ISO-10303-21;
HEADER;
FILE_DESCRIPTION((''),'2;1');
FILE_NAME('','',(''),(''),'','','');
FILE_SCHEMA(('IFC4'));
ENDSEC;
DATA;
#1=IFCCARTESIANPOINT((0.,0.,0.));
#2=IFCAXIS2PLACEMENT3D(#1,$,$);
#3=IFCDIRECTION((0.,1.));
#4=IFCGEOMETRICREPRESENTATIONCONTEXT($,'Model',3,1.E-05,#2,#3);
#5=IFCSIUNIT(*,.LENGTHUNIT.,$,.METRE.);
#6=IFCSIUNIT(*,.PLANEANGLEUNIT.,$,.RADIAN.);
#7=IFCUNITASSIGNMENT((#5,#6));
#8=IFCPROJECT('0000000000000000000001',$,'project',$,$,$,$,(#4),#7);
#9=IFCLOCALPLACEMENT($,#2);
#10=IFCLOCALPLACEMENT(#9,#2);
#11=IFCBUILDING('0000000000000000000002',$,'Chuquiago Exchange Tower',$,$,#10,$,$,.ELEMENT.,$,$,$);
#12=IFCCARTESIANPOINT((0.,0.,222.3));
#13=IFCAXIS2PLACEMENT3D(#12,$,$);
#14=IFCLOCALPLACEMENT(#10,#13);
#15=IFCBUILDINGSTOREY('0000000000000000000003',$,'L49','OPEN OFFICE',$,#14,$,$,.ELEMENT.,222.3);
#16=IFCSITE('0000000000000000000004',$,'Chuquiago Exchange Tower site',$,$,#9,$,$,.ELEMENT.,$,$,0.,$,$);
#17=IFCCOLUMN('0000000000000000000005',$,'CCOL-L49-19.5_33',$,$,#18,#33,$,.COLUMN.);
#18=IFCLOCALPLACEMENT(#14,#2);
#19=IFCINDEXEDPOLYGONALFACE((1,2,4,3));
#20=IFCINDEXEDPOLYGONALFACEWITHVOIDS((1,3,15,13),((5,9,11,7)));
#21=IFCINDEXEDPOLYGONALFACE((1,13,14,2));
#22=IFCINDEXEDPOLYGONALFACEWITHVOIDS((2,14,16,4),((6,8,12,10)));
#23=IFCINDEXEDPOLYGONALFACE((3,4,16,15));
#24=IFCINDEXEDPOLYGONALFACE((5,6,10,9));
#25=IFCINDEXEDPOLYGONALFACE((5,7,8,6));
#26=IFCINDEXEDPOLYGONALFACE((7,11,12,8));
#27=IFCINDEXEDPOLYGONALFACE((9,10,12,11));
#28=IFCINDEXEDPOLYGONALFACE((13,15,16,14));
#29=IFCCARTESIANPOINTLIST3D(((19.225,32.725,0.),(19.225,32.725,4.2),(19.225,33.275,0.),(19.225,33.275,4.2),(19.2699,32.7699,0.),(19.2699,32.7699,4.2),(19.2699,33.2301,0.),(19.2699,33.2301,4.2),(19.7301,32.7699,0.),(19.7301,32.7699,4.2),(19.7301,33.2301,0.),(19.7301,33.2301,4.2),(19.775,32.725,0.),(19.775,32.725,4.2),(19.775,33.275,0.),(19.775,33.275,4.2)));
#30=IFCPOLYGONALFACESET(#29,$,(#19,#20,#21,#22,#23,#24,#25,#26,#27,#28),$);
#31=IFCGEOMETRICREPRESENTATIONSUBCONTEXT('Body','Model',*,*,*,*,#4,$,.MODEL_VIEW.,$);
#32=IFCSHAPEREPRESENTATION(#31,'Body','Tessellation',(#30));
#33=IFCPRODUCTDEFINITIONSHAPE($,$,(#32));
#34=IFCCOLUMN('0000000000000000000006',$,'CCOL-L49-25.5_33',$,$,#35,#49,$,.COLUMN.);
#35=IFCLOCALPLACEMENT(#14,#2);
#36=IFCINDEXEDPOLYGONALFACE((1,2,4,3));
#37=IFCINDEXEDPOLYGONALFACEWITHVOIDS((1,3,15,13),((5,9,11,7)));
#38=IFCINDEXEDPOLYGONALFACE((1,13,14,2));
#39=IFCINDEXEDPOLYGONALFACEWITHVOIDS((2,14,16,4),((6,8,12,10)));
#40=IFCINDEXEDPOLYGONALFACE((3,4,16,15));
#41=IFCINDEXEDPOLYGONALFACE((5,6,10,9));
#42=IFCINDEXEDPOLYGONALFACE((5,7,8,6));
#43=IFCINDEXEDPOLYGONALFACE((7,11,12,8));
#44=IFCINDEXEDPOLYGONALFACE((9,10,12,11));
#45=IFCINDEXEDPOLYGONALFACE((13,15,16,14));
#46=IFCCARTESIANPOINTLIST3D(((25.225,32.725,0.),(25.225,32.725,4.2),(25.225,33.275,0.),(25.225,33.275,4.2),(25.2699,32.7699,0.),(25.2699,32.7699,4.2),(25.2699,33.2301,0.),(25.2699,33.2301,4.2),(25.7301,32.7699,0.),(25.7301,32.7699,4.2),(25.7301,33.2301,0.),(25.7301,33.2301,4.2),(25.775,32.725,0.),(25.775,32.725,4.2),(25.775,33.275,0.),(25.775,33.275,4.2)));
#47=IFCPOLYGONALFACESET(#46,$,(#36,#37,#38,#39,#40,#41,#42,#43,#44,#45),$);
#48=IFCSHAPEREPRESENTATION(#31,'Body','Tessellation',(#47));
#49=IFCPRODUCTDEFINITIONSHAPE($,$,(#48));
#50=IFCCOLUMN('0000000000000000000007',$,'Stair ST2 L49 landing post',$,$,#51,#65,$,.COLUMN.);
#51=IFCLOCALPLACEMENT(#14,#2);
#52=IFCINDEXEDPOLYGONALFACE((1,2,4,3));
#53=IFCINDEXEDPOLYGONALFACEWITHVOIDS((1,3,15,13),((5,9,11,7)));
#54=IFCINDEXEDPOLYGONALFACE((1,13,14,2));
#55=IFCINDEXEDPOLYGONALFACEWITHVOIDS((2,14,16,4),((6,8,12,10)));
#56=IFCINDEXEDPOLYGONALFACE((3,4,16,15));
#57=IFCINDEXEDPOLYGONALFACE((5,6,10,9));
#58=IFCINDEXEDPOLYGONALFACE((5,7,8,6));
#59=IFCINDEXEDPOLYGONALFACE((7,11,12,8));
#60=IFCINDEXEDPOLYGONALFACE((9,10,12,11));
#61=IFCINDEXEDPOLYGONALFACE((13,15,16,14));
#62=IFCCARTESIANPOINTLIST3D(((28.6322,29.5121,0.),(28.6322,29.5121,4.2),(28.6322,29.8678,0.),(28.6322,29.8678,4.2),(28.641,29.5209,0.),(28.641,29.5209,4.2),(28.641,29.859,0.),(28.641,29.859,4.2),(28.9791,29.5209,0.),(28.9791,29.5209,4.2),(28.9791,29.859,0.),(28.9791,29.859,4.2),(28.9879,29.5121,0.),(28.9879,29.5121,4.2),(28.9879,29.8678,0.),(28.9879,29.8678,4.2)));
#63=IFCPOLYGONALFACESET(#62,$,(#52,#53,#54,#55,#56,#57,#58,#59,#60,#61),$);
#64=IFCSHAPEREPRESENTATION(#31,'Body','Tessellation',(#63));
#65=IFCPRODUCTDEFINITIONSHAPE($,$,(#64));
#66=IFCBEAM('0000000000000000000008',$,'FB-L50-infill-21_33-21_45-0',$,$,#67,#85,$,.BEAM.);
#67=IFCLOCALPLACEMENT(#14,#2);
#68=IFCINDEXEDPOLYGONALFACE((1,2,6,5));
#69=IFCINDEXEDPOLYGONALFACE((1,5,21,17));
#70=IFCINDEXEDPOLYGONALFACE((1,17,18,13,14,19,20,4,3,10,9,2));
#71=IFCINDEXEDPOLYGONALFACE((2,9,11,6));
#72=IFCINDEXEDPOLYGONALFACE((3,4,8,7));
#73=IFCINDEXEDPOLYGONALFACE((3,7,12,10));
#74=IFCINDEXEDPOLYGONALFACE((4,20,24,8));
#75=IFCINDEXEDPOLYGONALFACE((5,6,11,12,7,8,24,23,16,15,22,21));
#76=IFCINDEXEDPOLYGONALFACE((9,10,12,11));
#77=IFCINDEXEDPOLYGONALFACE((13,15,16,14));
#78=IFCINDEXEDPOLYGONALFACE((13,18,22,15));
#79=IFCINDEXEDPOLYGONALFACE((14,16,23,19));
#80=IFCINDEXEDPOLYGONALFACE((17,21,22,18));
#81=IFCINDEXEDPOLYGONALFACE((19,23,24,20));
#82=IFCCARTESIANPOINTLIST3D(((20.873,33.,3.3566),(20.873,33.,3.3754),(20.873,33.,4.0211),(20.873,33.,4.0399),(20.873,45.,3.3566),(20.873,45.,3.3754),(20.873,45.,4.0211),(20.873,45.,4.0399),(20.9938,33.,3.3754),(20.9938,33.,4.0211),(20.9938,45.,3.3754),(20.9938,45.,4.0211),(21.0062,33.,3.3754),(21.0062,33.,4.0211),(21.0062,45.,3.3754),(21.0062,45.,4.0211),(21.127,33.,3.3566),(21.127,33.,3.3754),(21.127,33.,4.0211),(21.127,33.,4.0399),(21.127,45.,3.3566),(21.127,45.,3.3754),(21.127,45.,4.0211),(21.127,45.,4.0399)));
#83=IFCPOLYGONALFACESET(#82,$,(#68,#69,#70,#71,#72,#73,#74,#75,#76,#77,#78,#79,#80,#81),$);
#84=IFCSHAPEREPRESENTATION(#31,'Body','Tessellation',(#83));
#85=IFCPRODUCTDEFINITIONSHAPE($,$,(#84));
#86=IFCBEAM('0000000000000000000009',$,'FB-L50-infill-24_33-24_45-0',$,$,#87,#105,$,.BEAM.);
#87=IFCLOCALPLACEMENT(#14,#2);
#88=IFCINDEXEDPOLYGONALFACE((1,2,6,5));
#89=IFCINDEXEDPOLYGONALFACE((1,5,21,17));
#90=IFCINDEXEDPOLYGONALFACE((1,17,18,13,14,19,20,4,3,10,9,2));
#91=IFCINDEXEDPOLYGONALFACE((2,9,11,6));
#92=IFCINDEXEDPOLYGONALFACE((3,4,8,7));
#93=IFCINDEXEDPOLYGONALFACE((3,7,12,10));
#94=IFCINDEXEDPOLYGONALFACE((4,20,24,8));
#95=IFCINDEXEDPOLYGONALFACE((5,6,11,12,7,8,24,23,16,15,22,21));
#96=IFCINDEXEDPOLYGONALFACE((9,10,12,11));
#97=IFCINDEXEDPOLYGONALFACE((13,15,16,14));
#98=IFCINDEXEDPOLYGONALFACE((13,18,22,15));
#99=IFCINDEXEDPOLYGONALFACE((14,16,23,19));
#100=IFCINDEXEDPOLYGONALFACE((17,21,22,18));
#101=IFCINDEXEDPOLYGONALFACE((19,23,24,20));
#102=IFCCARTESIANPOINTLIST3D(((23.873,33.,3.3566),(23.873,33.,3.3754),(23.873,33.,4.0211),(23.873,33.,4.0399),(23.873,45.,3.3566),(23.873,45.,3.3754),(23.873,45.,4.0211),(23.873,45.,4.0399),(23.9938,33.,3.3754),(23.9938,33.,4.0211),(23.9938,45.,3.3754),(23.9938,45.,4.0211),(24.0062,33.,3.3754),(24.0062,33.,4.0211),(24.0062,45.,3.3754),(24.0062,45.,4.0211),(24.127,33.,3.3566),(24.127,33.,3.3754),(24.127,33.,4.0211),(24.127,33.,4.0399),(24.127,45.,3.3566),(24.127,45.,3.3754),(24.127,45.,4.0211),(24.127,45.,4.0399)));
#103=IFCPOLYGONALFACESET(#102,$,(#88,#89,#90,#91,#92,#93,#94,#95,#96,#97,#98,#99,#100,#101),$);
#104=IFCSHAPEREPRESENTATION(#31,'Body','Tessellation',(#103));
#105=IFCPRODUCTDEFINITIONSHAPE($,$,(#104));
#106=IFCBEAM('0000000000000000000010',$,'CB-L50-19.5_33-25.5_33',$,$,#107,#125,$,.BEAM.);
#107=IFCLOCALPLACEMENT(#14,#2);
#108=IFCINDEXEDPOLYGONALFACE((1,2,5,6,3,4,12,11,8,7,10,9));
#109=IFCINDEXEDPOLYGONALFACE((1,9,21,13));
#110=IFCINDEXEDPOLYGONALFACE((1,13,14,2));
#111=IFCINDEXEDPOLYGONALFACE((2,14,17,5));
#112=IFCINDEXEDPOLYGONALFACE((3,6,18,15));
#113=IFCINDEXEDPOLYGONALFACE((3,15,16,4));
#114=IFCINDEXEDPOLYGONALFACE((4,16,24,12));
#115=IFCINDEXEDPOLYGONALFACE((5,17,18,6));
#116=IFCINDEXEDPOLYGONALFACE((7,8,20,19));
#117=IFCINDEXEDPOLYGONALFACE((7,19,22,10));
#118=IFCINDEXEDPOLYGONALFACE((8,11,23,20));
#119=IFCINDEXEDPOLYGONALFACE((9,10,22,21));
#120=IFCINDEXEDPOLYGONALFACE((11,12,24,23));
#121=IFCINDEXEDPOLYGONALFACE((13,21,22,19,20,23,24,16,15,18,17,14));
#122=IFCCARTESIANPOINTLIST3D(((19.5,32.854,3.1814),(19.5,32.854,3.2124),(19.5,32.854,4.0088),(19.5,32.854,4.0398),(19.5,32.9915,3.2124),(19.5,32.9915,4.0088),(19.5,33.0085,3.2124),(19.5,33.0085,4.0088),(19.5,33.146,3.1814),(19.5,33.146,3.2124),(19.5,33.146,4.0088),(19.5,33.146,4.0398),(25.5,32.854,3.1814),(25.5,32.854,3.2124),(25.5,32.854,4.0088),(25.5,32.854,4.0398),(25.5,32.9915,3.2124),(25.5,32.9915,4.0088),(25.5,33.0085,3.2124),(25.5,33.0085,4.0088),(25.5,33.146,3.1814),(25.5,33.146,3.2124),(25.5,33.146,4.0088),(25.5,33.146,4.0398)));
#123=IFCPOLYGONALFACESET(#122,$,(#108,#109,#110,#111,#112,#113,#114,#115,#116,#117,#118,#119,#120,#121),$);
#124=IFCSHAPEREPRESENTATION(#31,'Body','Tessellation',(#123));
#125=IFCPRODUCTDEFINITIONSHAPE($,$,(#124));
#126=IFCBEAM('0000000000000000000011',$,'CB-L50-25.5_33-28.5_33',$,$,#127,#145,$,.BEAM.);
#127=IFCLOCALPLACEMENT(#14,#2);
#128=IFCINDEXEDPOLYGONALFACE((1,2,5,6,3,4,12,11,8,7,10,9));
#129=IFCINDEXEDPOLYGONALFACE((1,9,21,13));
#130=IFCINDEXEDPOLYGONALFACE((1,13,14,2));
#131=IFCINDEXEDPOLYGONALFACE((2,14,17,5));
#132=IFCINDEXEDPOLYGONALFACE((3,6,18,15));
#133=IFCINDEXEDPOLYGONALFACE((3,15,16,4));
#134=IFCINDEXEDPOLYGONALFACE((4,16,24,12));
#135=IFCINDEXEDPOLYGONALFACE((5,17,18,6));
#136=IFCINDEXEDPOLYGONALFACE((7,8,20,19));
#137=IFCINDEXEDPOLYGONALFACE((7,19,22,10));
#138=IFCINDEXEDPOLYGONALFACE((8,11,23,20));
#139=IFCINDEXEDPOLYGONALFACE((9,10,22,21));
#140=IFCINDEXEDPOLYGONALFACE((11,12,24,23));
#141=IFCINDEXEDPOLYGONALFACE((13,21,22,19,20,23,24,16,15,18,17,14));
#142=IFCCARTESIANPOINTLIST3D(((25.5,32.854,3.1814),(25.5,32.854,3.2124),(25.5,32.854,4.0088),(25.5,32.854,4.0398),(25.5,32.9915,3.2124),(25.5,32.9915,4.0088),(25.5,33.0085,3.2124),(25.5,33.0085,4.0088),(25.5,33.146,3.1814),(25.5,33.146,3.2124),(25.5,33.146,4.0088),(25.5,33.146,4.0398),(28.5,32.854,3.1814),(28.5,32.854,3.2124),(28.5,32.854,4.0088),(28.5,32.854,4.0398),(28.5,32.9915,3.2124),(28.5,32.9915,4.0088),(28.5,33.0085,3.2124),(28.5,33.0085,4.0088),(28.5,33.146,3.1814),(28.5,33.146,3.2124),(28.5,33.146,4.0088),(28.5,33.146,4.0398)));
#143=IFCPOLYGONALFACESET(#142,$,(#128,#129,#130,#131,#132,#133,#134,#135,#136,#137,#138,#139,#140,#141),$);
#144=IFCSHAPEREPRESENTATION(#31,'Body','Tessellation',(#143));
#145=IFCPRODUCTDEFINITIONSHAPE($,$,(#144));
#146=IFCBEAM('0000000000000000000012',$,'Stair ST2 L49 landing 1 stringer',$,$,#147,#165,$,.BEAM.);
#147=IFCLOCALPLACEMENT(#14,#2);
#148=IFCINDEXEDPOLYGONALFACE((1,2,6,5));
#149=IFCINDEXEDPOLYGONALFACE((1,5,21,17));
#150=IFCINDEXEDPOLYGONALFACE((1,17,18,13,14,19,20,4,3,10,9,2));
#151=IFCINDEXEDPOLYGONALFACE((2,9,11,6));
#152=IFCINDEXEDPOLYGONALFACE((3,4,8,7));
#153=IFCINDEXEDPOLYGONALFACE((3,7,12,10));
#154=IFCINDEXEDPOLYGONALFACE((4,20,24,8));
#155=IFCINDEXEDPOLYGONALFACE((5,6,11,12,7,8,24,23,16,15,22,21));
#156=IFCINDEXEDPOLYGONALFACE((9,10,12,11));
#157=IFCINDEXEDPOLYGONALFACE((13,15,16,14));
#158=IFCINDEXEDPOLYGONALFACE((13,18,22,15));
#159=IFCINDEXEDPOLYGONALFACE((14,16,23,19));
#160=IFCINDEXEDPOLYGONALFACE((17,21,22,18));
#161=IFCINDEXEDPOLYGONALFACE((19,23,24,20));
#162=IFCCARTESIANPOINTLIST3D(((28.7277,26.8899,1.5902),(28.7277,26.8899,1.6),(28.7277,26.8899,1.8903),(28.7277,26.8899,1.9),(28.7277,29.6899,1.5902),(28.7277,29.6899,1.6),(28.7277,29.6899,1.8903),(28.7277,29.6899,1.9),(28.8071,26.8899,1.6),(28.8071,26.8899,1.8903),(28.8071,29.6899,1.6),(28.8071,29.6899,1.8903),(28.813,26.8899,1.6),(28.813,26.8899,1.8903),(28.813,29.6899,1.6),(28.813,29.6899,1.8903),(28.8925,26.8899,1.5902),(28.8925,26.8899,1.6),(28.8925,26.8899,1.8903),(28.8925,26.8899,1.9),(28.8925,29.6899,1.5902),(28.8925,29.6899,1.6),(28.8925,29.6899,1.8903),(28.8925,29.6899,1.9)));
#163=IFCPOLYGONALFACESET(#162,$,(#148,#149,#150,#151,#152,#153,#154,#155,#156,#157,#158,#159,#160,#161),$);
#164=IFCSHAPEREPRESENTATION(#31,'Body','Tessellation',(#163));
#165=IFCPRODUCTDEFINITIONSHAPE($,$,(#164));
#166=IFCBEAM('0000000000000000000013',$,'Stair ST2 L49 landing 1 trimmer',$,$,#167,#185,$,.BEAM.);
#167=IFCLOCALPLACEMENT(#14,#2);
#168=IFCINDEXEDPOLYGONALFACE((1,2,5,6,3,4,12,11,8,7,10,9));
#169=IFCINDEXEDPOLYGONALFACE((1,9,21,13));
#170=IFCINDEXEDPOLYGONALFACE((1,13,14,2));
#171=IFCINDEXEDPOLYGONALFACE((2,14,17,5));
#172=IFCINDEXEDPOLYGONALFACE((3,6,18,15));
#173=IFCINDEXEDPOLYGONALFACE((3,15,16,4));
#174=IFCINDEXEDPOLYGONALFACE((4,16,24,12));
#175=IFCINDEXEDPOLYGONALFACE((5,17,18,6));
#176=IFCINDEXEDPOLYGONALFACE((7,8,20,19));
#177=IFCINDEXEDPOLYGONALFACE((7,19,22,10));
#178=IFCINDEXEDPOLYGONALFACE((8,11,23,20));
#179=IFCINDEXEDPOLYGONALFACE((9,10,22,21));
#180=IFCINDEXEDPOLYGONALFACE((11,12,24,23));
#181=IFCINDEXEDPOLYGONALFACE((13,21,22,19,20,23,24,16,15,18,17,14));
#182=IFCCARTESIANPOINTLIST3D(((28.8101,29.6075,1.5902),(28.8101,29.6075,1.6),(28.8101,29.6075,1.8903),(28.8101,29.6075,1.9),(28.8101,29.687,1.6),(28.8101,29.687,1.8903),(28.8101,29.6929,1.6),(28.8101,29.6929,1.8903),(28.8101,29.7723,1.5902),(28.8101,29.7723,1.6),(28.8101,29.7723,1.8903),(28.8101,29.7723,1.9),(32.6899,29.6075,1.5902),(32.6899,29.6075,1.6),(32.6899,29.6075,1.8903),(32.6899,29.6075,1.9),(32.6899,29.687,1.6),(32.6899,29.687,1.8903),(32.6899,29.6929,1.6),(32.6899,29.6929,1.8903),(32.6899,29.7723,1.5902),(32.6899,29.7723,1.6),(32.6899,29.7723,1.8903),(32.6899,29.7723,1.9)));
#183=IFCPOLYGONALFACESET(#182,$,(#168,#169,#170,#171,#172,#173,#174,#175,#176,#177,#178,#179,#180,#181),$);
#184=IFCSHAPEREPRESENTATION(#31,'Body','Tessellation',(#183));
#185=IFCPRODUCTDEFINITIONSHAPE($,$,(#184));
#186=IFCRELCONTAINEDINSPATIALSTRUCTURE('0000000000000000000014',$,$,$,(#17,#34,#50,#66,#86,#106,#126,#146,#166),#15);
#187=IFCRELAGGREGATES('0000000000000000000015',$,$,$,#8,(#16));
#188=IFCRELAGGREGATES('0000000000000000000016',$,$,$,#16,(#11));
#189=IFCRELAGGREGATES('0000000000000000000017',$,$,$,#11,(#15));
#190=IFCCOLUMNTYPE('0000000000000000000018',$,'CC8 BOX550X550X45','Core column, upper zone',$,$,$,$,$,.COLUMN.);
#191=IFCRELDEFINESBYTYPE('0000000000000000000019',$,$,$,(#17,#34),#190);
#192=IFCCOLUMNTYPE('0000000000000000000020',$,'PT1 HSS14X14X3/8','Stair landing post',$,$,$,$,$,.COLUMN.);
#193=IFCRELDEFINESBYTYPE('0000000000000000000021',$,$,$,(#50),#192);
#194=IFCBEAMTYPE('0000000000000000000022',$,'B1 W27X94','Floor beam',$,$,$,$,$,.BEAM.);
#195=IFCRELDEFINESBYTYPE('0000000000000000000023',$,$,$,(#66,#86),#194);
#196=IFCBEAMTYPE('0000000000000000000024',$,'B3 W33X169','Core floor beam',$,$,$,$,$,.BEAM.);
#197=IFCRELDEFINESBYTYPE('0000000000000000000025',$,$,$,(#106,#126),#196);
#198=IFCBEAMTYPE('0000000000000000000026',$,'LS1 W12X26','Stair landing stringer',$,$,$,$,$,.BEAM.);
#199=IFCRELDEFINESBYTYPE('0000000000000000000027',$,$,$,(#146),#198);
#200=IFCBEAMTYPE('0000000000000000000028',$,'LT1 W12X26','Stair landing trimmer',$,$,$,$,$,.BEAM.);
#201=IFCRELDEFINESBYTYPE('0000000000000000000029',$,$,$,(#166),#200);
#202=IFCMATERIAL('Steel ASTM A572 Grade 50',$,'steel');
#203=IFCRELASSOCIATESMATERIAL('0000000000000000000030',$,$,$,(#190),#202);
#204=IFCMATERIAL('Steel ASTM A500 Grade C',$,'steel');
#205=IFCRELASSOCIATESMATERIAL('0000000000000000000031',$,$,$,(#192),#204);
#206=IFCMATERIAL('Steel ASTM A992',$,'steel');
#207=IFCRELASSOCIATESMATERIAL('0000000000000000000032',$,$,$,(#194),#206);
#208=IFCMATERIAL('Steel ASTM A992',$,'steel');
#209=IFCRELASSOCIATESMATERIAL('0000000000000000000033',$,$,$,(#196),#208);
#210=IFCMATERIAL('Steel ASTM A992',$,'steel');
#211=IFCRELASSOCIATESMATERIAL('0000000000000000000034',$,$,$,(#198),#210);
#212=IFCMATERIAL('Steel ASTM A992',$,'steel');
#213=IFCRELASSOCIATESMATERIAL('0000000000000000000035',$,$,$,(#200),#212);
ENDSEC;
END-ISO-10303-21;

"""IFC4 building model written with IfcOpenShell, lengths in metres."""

from ifc_helpers import new_model, si_unit, direction, frame, origin, origin_2d, place, context, subcontext, project, spatial, hollow_rectangle, i_section, extrude, material, material_profile, profile_set, type_object, element, save


model = new_model("IFC4")

# Units and contexts
model_context = context("Model", 3, precision=1e-05, world=origin(), true_north=direction((0.0, 1.0)))
body_context = subcontext(model_context, "Body", "Model", "MODEL_VIEW")
ifc_project = project(units=[si_unit("LENGTHUNIT", "METRE"), si_unit("PLANEANGLEUNIT", "RADIAN")], contexts=[model_context])

# Site, building, storey
site_placement = place(None, origin())
site = spatial("IfcSite", under=ifc_project, at=site_placement, Name="Chuquiago Exchange Tower site", CompositionType="ELEMENT", RefElevation=0.0)
building_placement = place(site_placement, origin())
building = spatial("IfcBuilding", under=site, at=building_placement, Name="Chuquiago Exchange Tower", CompositionType="ELEMENT")
storey_placement = place(building_placement, frame((0.0, 0.0, 222.3)))
storey = spatial("IfcBuildingStorey", under=building, at=storey_placement, Name="L49", Description="OPEN OFFICE", CompositionType="ELEMENT", Elevation=222.3)

# Columns
ifc_material_1 = material(Name="Steel ASTM A572 Grade 50", Category="steel")
ifc_material_profile_1 = material_profile(ifc_material_1, hollow_rectangle(XDim=0.55, YDim=0.55, WallThickness=0.0449, at=origin_2d()), Name="BOX550X550X45")
ifc_profile_set_1 = profile_set([ifc_material_profile_1], Name="Steel ASTM A572 Grade 50")
column_type_1 = type_object("IfcColumnType", Name="CC8 BOX550X550X45", Description="Core column, upper zone", PredefinedType="COLUMN", material=ifc_profile_set_1)
for number, where, z_axis, x_axis, name in (
    (1, (19.5, 33.0, 0.0), (0.0, 0.0, 1.0), (1.0, 0.0, 0.0), "CCOL-L49-19.5_33"),
    (2, (25.5, 33.0, 0.0), (0.0, 0.0, 1.0), (1.0, 0.0, 0.0), "CCOL-L49-25.5_33"),
):
    element("IfcColumn", number, at=place(storey_placement, frame(where, z_axis=z_axis, x_axis=x_axis)), inside=storey, type_object=column_type_1, Name=name, PredefinedType="COLUMN", context=body_context, shape_type="SweptSolid", body=[
        extrude(hollow_rectangle(XDim=0.55, YDim=0.55, WallThickness=0.0449, at=origin_2d()), origin(), (0.0, 0.0, 1.0), 4.2),
    ])
ifc_material_2 = material(Name="Steel ASTM A500 Grade C", Category="steel")
ifc_material_profile_2 = material_profile(ifc_material_2, hollow_rectangle(XDim=0.3557, YDim=0.3557, WallThickness=0.0088, at=origin_2d()), Name="HSS14X14X3/8")
ifc_profile_set_2 = profile_set([ifc_material_profile_2], Name="Steel ASTM A500 Grade C")
column_type_2 = type_object("IfcColumnType", Name="PT1 HSS14X14X3/8", Description="Stair landing post", PredefinedType="COLUMN", material=ifc_profile_set_2)
column_placement = place(storey_placement, frame((28.8101, 29.6899, 0.0), z_axis=(0.0, 0.0, 1.0), x_axis=(1.0, 0.0, 0.0)))
element("IfcColumn", 3, at=column_placement, inside=storey, type_object=column_type_2, Name="Stair ST2 L49 landing post", PredefinedType="COLUMN", context=body_context, shape_type="SweptSolid", body=[
    extrude(hollow_rectangle(XDim=0.3557, YDim=0.3557, WallThickness=0.0088, at=origin_2d()), origin(), (0.0, 0.0, 1.0), 4.2),
])

# Beams
ifc_material_3 = material(Name="Steel ASTM A992", Category="steel")
ifc_material_profile_3 = material_profile(ifc_material_3, i_section(OverallWidth=0.2539, OverallDepth=0.6833, WebThickness=0.0125, FlangeThickness=0.0188, at=origin_2d()), Name="W27X94")
ifc_profile_set_3 = profile_set([ifc_material_profile_3], Name="Steel ASTM A992")
beam_type_1 = type_object("IfcBeamType", Name="B1 W27X94", Description="Floor beam", PredefinedType="BEAM", material=ifc_profile_set_3)
for number, where, z_axis, x_axis, name in (
    (4, (21.0, 33.0, 3.6982), (0.0, 1.0, 0.0), (-1.0, 0.0, 0.0), "FB-L50-infill-21_33-21_45-0"),
    (5, (24.0, 33.0, 3.6982), (0.0, 1.0, 0.0), (-1.0, 0.0, 0.0), "FB-L50-infill-24_33-24_45-0"),
):
    element("IfcBeam", number, at=place(storey_placement, frame(where, z_axis=z_axis, x_axis=x_axis)), inside=storey, type_object=beam_type_1, Name=name, PredefinedType="BEAM", context=body_context, shape_type="SweptSolid", body=[
        extrude(i_section(OverallWidth=0.2539, OverallDepth=0.6833, WebThickness=0.0125, FlangeThickness=0.0188, at=origin_2d()), origin(), (0.0, 0.0, 1.0), 12.0),
    ])
ifc_material_4 = material(Name="Steel ASTM A992", Category="steel")
ifc_material_profile_4 = material_profile(ifc_material_4, i_section(OverallWidth=0.292, OverallDepth=0.8584, WebThickness=0.0171, FlangeThickness=0.031, at=origin_2d()), Name="W33X169")
ifc_profile_set_4 = profile_set([ifc_material_profile_4], Name="Steel ASTM A992")
beam_type_2 = type_object("IfcBeamType", Name="B3 W33X169", Description="Core floor beam", PredefinedType="BEAM", material=ifc_profile_set_4)
beam_1_placement = place(storey_placement, frame((19.5, 33.0, 3.6106), z_axis=(1.0, 0.0, 0.0), x_axis=(0.0, 1.0, 0.0)))
element("IfcBeam", 6, at=beam_1_placement, inside=storey, type_object=beam_type_2, Name="CB-L50-19.5_33-25.5_33", PredefinedType="BEAM", context=body_context, shape_type="SweptSolid", body=[
    extrude(i_section(OverallWidth=0.292, OverallDepth=0.8584, WebThickness=0.0171, FlangeThickness=0.031, at=origin_2d()), origin(), (0.0, 0.0, 1.0), 6.0),
])
beam_2_placement = place(storey_placement, frame((25.5, 33.0, 3.6106), z_axis=(1.0, 0.0, 0.0), x_axis=(0.0, 1.0, 0.0)))
element("IfcBeam", 7, at=beam_2_placement, inside=storey, type_object=beam_type_2, Name="CB-L50-25.5_33-28.5_33", PredefinedType="BEAM", context=body_context, shape_type="SweptSolid", body=[
    extrude(i_section(OverallWidth=0.292, OverallDepth=0.8584, WebThickness=0.0171, FlangeThickness=0.031, at=origin_2d()), origin(), (0.0, 0.0, 1.0), 3.0),
])
ifc_material_5 = material(Name="Steel ASTM A992", Category="steel")
ifc_material_profile_5 = material_profile(ifc_material_5, i_section(OverallWidth=0.1648, OverallDepth=0.3098, WebThickness=0.0059, FlangeThickness=0.0098, at=origin_2d()), Name="W12X26")
ifc_profile_set_5 = profile_set([ifc_material_profile_5], Name="Steel ASTM A992")
beam_type_3 = type_object("IfcBeamType", Name="LS1 W12X26", Description="Stair landing stringer", PredefinedType="BEAM", material=ifc_profile_set_5)
beam_3_placement = place(storey_placement, frame((28.8101, 26.8899, 1.7451), z_axis=(0.0, 1.0, 0.0), x_axis=(-1.0, 0.0, 0.0)))
element("IfcBeam", 8, at=beam_3_placement, inside=storey, type_object=beam_type_3, Name="Stair ST2 L49 landing 1 stringer", PredefinedType="BEAM", context=body_context, shape_type="SweptSolid", body=[
    extrude(i_section(OverallWidth=0.1648, OverallDepth=0.3098, WebThickness=0.0059, FlangeThickness=0.0098, at=origin_2d()), origin(), (0.0, 0.0, 1.0), 2.8),
])
ifc_material_6 = material(Name="Steel ASTM A992", Category="steel")
ifc_material_profile_6 = material_profile(ifc_material_6, i_section(OverallWidth=0.1648, OverallDepth=0.3098, WebThickness=0.0059, FlangeThickness=0.0098, at=origin_2d()), Name="W12X26")
ifc_profile_set_6 = profile_set([ifc_material_profile_6], Name="Steel ASTM A992")
beam_type_4 = type_object("IfcBeamType", Name="LT1 W12X26", Description="Stair landing trimmer", PredefinedType="BEAM", material=ifc_profile_set_6)
for number, where, z_axis, x_axis, name in (
    (9, (28.8101, 29.6899, 1.7451), (1.0, 0.0, 0.0), (0.0, 1.0, 0.0), "Stair ST2 L49 landing 1 trimmer"),
):
    element("IfcBeam", number, at=place(storey_placement, frame(where, z_axis=z_axis, x_axis=x_axis)), inside=storey, type_object=beam_type_4, Name=name, PredefinedType="BEAM", context=body_context, shape_type="SweptSolid", body=[
        extrude(i_section(OverallWidth=0.1648, OverallDepth=0.3098, WebThickness=0.0059, FlangeThickness=0.0098, at=origin_2d()), origin(), (0.0, 0.0, 1.0), 3.8799),
    ])

save(model, "model.ifc")
